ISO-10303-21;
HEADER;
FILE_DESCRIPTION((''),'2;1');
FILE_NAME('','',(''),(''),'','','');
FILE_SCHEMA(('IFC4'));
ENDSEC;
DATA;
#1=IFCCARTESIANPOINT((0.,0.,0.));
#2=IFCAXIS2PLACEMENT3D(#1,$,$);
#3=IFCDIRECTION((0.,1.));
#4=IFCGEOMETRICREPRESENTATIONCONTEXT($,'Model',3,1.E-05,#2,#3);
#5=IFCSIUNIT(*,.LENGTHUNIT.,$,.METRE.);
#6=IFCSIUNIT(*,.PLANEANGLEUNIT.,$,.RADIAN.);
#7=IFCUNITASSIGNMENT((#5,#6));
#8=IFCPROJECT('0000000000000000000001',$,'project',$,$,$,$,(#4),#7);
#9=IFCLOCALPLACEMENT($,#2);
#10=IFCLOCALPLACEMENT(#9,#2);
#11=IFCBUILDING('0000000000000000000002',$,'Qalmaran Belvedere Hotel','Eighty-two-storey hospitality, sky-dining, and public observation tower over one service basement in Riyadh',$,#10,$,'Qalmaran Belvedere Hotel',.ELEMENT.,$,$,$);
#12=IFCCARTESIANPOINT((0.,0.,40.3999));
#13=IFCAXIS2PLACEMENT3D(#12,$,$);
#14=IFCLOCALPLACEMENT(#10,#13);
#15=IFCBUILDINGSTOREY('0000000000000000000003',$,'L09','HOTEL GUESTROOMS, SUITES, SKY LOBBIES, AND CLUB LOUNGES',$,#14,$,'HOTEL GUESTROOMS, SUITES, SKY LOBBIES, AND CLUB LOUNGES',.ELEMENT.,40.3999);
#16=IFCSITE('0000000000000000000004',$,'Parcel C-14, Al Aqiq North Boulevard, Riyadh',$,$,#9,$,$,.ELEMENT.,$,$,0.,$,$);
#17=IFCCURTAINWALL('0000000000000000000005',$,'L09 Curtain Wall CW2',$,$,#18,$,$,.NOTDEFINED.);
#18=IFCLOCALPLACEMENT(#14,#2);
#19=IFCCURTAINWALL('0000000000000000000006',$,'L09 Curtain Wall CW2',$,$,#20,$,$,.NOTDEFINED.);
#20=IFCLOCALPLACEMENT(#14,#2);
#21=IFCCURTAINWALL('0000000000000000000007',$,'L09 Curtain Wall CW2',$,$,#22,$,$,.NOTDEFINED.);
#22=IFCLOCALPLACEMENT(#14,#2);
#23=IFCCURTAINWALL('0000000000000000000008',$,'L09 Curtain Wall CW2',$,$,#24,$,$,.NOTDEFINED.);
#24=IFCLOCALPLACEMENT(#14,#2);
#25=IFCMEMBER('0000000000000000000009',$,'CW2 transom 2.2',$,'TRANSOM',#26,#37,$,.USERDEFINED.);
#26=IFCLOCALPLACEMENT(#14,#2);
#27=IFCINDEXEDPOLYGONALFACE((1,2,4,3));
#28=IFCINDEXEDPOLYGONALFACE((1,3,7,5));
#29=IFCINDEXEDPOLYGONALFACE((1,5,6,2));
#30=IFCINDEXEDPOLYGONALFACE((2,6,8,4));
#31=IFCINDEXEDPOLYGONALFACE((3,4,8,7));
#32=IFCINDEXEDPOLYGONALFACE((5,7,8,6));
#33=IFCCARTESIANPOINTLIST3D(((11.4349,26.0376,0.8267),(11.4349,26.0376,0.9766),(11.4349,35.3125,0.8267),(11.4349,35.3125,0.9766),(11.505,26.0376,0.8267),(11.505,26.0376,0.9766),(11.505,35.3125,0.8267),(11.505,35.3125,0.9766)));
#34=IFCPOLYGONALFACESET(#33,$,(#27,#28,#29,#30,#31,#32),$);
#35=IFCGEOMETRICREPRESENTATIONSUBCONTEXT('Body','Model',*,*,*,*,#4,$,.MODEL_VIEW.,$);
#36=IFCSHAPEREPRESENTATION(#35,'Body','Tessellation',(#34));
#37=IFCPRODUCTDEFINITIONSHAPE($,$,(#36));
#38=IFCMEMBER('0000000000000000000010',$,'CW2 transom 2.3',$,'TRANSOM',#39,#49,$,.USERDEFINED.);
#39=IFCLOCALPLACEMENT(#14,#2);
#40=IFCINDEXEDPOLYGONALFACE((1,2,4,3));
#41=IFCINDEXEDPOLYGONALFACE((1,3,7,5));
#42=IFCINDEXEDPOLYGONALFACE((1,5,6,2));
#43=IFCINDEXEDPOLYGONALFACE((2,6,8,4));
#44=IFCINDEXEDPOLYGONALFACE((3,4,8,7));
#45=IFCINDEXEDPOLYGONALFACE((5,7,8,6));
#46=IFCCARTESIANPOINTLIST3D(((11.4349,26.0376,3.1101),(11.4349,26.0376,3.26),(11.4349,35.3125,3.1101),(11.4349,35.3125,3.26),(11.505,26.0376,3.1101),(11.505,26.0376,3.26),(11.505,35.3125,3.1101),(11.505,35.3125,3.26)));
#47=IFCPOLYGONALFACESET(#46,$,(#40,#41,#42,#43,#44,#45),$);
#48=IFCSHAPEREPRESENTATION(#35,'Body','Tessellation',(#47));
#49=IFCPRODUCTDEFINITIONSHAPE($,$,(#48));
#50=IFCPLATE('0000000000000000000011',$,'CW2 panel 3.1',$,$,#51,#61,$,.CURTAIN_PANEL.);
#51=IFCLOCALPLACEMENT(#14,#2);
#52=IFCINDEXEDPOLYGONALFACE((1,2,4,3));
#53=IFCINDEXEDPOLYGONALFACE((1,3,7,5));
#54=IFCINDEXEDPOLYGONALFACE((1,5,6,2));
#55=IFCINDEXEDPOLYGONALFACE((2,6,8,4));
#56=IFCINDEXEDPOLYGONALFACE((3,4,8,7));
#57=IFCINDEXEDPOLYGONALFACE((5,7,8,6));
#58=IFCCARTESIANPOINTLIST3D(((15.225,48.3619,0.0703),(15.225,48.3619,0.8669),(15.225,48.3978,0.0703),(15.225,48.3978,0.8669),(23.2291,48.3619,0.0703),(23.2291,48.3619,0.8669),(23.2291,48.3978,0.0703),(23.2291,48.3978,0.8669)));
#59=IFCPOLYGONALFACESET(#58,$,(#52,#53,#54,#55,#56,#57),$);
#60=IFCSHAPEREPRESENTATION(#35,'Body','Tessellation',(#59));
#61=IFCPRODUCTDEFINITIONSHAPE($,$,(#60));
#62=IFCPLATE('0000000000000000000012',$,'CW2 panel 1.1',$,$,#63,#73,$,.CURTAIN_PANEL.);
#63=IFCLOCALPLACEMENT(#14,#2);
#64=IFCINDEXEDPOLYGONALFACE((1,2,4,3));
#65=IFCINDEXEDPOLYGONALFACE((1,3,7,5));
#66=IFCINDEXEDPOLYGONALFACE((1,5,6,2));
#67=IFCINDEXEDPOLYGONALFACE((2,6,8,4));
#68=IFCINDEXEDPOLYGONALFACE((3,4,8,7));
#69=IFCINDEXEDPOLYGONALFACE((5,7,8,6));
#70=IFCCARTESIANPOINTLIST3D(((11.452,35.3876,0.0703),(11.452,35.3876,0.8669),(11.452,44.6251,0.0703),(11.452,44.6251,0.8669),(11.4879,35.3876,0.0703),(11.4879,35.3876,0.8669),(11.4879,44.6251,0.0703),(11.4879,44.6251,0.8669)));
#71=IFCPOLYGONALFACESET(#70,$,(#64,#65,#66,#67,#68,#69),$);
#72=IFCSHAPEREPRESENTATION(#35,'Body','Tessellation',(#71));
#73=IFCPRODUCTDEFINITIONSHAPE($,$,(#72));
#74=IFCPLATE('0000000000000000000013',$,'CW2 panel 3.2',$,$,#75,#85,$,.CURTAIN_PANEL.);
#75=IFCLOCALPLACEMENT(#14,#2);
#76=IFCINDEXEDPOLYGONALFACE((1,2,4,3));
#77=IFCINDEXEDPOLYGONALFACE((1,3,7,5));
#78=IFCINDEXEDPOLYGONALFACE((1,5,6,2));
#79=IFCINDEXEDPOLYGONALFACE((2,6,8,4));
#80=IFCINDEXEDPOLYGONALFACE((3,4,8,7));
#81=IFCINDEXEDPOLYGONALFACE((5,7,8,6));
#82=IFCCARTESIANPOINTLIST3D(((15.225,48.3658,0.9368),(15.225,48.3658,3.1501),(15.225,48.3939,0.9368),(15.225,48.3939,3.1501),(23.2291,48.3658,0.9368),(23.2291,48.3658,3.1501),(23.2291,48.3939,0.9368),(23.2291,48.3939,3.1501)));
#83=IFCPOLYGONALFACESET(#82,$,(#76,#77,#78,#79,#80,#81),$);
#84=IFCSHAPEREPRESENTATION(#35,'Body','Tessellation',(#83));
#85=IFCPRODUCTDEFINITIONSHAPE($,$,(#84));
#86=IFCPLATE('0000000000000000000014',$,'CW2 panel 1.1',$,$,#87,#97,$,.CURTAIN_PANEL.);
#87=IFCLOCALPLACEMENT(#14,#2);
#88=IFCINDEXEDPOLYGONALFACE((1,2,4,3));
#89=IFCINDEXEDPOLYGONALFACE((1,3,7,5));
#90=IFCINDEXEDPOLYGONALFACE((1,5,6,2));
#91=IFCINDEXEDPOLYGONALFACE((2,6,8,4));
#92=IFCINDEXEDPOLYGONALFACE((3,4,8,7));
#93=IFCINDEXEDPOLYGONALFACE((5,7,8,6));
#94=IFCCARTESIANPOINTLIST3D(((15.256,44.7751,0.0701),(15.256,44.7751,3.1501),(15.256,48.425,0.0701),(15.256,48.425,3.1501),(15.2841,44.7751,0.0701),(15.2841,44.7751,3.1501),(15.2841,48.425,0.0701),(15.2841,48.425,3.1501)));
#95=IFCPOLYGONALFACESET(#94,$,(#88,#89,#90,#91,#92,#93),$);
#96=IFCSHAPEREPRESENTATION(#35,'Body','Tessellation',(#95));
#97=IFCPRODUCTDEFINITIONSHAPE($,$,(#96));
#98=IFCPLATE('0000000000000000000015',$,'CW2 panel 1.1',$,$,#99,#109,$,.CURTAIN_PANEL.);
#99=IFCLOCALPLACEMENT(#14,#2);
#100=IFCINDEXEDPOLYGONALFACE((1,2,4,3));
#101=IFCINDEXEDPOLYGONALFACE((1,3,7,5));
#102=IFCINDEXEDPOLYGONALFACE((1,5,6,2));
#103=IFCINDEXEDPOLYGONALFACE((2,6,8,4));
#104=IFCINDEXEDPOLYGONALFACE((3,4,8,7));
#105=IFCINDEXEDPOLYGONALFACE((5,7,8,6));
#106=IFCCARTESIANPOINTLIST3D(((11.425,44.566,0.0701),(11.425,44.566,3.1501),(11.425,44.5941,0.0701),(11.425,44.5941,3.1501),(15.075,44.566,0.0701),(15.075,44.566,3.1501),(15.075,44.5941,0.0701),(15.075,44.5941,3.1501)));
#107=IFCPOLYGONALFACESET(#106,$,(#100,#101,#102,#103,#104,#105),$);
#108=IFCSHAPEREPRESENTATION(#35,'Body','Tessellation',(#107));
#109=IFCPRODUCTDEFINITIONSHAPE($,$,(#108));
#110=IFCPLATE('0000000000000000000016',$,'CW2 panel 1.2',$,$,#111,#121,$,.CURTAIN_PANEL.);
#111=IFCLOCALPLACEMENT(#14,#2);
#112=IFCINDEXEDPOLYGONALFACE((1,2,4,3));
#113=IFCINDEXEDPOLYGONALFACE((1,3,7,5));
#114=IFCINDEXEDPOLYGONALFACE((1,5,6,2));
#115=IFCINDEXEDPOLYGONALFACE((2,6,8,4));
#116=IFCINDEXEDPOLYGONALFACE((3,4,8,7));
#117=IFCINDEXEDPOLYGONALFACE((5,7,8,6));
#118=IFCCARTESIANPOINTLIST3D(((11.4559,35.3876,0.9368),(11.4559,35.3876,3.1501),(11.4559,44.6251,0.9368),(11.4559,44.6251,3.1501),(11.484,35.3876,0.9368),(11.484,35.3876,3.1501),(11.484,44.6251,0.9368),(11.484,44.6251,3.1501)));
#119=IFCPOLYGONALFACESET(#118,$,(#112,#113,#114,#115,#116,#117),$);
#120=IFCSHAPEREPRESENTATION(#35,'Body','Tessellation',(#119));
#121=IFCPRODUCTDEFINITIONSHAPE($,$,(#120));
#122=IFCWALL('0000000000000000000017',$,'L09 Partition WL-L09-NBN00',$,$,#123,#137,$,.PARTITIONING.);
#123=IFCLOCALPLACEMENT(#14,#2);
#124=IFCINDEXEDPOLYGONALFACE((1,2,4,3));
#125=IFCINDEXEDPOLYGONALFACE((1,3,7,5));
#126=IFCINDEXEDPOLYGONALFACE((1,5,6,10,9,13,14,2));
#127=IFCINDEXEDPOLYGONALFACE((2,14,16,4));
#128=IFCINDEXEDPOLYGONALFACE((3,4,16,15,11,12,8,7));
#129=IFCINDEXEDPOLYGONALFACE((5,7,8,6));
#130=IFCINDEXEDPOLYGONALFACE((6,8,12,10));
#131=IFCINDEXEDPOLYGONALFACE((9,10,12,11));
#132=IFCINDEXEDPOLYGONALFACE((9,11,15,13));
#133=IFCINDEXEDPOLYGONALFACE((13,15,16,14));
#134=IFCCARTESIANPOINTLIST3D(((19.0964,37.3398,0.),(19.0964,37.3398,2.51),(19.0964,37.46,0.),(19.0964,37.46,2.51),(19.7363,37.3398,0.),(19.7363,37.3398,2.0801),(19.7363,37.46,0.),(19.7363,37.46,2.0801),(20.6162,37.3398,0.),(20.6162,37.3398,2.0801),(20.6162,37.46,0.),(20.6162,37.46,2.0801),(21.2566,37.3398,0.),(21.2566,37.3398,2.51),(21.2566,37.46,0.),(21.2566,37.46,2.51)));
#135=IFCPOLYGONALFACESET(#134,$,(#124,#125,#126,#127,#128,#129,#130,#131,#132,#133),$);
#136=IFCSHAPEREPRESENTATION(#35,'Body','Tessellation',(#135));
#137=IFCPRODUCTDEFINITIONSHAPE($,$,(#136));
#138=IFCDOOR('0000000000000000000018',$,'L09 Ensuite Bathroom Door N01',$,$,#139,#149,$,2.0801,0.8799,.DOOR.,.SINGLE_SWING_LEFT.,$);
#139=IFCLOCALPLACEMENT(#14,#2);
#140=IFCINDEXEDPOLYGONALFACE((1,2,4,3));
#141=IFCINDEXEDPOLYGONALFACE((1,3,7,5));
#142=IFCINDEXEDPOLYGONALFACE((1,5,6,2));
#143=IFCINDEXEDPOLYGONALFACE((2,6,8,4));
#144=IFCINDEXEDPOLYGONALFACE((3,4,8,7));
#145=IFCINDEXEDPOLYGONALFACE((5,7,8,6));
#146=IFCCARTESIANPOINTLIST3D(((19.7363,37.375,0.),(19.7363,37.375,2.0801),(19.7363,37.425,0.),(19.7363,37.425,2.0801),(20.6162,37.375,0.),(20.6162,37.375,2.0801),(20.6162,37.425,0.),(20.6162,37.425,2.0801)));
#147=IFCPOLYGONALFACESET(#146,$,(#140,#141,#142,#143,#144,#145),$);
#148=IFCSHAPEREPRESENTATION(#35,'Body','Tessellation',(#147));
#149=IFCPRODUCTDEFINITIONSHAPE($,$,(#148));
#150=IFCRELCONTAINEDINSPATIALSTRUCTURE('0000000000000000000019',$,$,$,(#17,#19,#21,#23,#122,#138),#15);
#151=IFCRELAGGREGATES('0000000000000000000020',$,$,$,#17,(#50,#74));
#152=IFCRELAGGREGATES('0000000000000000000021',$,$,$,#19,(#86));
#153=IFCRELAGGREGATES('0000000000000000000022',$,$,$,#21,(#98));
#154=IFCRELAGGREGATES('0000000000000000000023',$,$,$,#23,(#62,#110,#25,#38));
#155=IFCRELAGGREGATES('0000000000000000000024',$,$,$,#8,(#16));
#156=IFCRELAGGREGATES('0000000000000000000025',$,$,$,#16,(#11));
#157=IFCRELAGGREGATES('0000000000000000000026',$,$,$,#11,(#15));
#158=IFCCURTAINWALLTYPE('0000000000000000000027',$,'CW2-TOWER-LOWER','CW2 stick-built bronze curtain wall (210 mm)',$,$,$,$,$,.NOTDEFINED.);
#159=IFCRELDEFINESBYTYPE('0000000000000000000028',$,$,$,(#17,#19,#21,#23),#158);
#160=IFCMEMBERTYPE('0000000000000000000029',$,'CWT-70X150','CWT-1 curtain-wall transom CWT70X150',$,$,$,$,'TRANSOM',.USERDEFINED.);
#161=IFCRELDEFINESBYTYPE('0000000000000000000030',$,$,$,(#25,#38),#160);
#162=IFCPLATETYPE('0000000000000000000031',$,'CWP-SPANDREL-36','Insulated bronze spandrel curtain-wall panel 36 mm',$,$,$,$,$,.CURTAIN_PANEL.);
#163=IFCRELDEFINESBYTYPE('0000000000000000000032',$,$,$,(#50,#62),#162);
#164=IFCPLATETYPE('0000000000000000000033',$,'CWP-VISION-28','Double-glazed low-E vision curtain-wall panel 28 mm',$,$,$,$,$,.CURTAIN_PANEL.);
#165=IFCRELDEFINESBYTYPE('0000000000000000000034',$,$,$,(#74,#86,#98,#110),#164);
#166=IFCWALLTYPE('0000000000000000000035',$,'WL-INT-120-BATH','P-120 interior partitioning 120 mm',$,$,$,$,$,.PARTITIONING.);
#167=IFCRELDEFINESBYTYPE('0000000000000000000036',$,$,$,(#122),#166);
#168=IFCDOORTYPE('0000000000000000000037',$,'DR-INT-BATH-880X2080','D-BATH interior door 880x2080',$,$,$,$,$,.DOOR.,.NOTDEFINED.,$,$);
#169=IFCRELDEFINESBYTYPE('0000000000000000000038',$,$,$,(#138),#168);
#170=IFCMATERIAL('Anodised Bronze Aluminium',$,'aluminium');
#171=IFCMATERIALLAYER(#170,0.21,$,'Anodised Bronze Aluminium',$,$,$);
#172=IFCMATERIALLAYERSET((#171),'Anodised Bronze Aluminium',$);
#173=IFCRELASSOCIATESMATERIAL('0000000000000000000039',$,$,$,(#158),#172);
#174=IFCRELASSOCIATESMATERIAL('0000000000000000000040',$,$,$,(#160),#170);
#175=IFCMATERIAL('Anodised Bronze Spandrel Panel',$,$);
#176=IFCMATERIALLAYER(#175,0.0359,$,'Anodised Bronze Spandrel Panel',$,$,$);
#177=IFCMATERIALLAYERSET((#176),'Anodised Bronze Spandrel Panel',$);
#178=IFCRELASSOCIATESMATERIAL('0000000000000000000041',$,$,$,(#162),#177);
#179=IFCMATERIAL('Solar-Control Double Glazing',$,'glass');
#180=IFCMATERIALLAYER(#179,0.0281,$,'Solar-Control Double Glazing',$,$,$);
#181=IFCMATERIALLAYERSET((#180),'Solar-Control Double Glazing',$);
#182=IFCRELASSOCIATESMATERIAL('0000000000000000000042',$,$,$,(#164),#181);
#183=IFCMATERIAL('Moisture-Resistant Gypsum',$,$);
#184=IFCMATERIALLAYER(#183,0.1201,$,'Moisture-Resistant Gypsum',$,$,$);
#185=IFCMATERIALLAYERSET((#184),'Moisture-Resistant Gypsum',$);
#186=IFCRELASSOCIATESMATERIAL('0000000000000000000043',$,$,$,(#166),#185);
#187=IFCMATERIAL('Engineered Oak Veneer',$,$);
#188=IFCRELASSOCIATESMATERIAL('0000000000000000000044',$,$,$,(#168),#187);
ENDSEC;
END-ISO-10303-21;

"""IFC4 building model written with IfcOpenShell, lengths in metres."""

from ifc_helpers import new_model, si_unit, direction, frame, frame_2d, origin, origin_2d, place, context, subcontext, project, spatial, rectangle, extrude, material, layer, layer_set, material_profile, profile_set, type_object, element, fill, aggregate, save


model = new_model("IFC4")

# Units and contexts
model_context = context("Model", 3, precision=1e-05, world=origin(), true_north=direction((0.0, 1.0)))
body_context = subcontext(model_context, "Body", "Model", "MODEL_VIEW")
ifc_project = project(units=[si_unit("LENGTHUNIT", "METRE"), si_unit("PLANEANGLEUNIT", "RADIAN")], contexts=[model_context])

# Site, building, storey
site_placement = place(None, origin())
site = spatial("IfcSite", under=ifc_project, at=site_placement, Name="Parcel C-14, Al Aqiq North Boulevard, Riyadh", CompositionType="ELEMENT", RefElevation=0.0)
building_placement = place(site_placement, origin())
building = spatial("IfcBuilding", under=site, at=building_placement, Name="Qalmaran Belvedere Hotel", Description="Eighty-two-storey hospitality, sky-dining, and public observation tower over one service basement in Riyadh", LongName="Qalmaran Belvedere Hotel", CompositionType="ELEMENT")
storey_placement = place(building_placement, frame((0.0, 0.0, 40.3999)))
storey = spatial("IfcBuildingStorey", under=building, at=storey_placement, Name="L09", Description="HOTEL GUESTROOMS, SUITES, SKY LOBBIES, AND CLUB LOUNGES", LongName="HOTEL GUESTROOMS, SUITES, SKY LOBBIES, AND CLUB LOUNGES", CompositionType="ELEMENT", Elevation=40.3999)

# Curtain wall
ifc_material_1 = material(Name="Anodised Bronze Aluminium", Category="aluminium")
ifc_layer_1 = layer(ifc_material_1, 0.21, Name="Anodised Bronze Aluminium")
ifc_layer_set_1 = layer_set([ifc_layer_1], Name="Anodised Bronze Aluminium")
curtain_wall_type = type_object("IfcCurtainWallType", Name="CW2-TOWER-LOWER", Description="CW2 stick-built bronze curtain wall (210 mm)", PredefinedType="NOTDEFINED", material=ifc_layer_set_1)
curtain_wall_1_placement = place(storey_placement, origin())
curtain_wall_1 = element("IfcCurtainWall", 1, at=curtain_wall_1_placement, inside=storey, type_object=curtain_wall_type, Name="L09 Curtain Wall CW2", PredefinedType="NOTDEFINED")

# Curtain walls
curtain_wall_2_placement = place(storey_placement, origin())
curtain_wall_2 = element("IfcCurtainWall", 2, at=curtain_wall_2_placement, inside=storey, type_object=curtain_wall_type, Name="L09 Curtain Wall CW2", PredefinedType="NOTDEFINED")
curtain_wall_3_placement = place(storey_placement, origin())
curtain_wall_3 = element("IfcCurtainWall", 3, at=curtain_wall_3_placement, inside=storey, type_object=curtain_wall_type, Name="L09 Curtain Wall CW2", PredefinedType="NOTDEFINED")
curtain_wall_4_placement = place(storey_placement, origin())
curtain_wall_4 = element("IfcCurtainWall", 4, at=curtain_wall_4_placement, inside=storey, type_object=curtain_wall_type, Name="L09 Curtain Wall CW2", PredefinedType="NOTDEFINED")

# Members
ifc_material_profile_1 = material_profile(ifc_material_1, rectangle(XDim=0.0701, YDim=0.1499, at=origin_2d()), Name="CWT70X150")
ifc_profile_set_1 = profile_set([ifc_material_profile_1], Name="Anodised Bronze Aluminium")
member_type_1 = type_object("IfcMemberType", Name="CWT-70X150", Description="CWT-1 curtain-wall transom CWT70X150", ElementType="TRANSOM", PredefinedType="USERDEFINED", material=ifc_profile_set_1)
member_1_placement = place(storey_placement, frame((11.47, 35.3125, 0.9016), z_axis=(0.0, -1.0, 0.0), x_axis=(1.0, 0.0, 0.0)))
member_1 = element("IfcMember", 5, at=member_1_placement, type_object=member_type_1, Name="CW2 transom 2.2", ObjectType="TRANSOM", PredefinedType="USERDEFINED", context=body_context, shape_type="SweptSolid", body=[
    extrude(rectangle(XDim=0.0701, YDim=0.1499, at=origin_2d()), origin(), (0.0, 0.0, 1.0), 9.2749),
])
member_2_placement = place(storey_placement, frame((11.47, 35.3125, 3.1851), z_axis=(0.0, -1.0, 0.0), x_axis=(1.0, 0.0, 0.0)))
member_2 = element("IfcMember", 6, at=member_2_placement, type_object=member_type_1, Name="CW2 transom 2.3", ObjectType="TRANSOM", PredefinedType="USERDEFINED", context=body_context, shape_type="SweptSolid", body=[
    extrude(rectangle(XDim=0.0701, YDim=0.1499, at=origin_2d()), origin(), (0.0, 0.0, 1.0), 9.2749),
])

# Plates
ifc_material_2 = material(Name="Anodised Bronze Spandrel Panel")
ifc_layer_2 = layer(ifc_material_2, 0.0359, Name="Anodised Bronze Spandrel Panel")
ifc_layer_set_2 = layer_set([ifc_layer_2], Name="Anodised Bronze Spandrel Panel")
plate_type_1 = type_object("IfcPlateType", Name="CWP-SPANDREL-36", Description="Insulated bronze spandrel curtain-wall panel 36 mm", PredefinedType="CURTAIN_PANEL", material=ifc_layer_set_2)
plate_1_placement = place(storey_placement, frame((19.2271, 48.3799, 0.0703), z_axis=(0.0, 0.0, 1.0), x_axis=(-1.0, 0.0, 0.0)))
plate_1 = element("IfcPlate", 7, at=plate_1_placement, type_object=plate_type_1, Name="CW2 panel 3.1", PredefinedType="CURTAIN_PANEL", context=body_context, shape_type="SweptSolid", body=[
    extrude(rectangle(XDim=8.0042, YDim=0.0359, at=origin_2d()), origin(), (0.0, 0.0, 1.0), 0.7966),
])
plate_2_placement = place(storey_placement, frame((11.47, 40.0063, 0.0703), z_axis=(0.0, 0.0, 1.0), x_axis=(0.0, -1.0, 0.0)))
plate_2 = element("IfcPlate", 8, at=plate_2_placement, type_object=plate_type_1, Name="CW2 panel 1.1", PredefinedType="CURTAIN_PANEL", context=body_context, shape_type="SweptSolid", body=[
    extrude(rectangle(XDim=9.2375, YDim=0.0359, at=origin_2d()), origin(), (0.0, 0.0, 1.0), 0.7966),
])
ifc_material_3 = material(Name="Solar-Control Double Glazing", Category="glass")
ifc_layer_3 = layer(ifc_material_3, 0.0281, Name="Solar-Control Double Glazing")
ifc_layer_set_3 = layer_set([ifc_layer_3], Name="Solar-Control Double Glazing")
plate_type_2 = type_object("IfcPlateType", Name="CWP-VISION-28", Description="Double-glazed low-E vision curtain-wall panel 28 mm", PredefinedType="CURTAIN_PANEL", material=ifc_layer_set_3)
plate_3_placement = place(storey_placement, frame((19.2271, 48.3799, 0.9368), z_axis=(0.0, 0.0, 1.0), x_axis=(-1.0, 0.0, 0.0)))
plate_3 = element("IfcPlate", 9, at=plate_3_placement, type_object=plate_type_2, Name="CW2 panel 3.2", PredefinedType="CURTAIN_PANEL", context=body_context, shape_type="SweptSolid", body=[
    extrude(rectangle(XDim=8.0042, YDim=0.0281, at=origin_2d()), origin(), (0.0, 0.0, 1.0), 2.2134),
])
aggregate(curtain_wall_1, [plate_1, plate_3])
plate_4_placement = place(storey_placement, frame((15.27, 46.6001, 0.0701), z_axis=(0.0, 0.0, 1.0), x_axis=(0.0, -1.0, 0.0)))
plate_4 = element("IfcPlate", 10, at=plate_4_placement, type_object=plate_type_2, Name="CW2 panel 1.1", PredefinedType="CURTAIN_PANEL", context=body_context, shape_type="SweptSolid", body=[
    extrude(rectangle(XDim=3.6499, YDim=0.0281, at=origin_2d()), origin(), (0.0, 0.0, 1.0), 3.0801),
])
aggregate(curtain_wall_2, [plate_4])
plate_5_placement = place(storey_placement, frame((13.25, 44.5801, 0.0701), z_axis=(0.0, 0.0, 1.0), x_axis=(-1.0, 0.0, 0.0)))
plate_5 = element("IfcPlate", 11, at=plate_5_placement, type_object=plate_type_2, Name="CW2 panel 1.1", PredefinedType="CURTAIN_PANEL", context=body_context, shape_type="SweptSolid", body=[
    extrude(rectangle(XDim=3.6499, YDim=0.0281, at=origin_2d()), origin(), (0.0, 0.0, 1.0), 3.0801),
])
aggregate(curtain_wall_3, [plate_5])
plate_6_placement = place(storey_placement, frame((11.47, 40.0063, 0.9368), z_axis=(0.0, 0.0, 1.0), x_axis=(0.0, -1.0, 0.0)))
plate_6 = element("IfcPlate", 12, at=plate_6_placement, type_object=plate_type_2, Name="CW2 panel 1.2", PredefinedType="CURTAIN_PANEL", context=body_context, shape_type="SweptSolid", body=[
    extrude(rectangle(XDim=9.2375, YDim=0.0281, at=origin_2d()), origin(), (0.0, 0.0, 1.0), 2.2134),
])
aggregate(curtain_wall_4, [plate_2, plate_6, member_1, member_2])

# Wall, opening, door
ifc_material_4 = material(Name="Moisture-Resistant Gypsum")
ifc_layer_4 = layer(ifc_material_4, 0.1201, Name="Moisture-Resistant Gypsum")
ifc_layer_set_4 = layer_set([ifc_layer_4], Name="Moisture-Resistant Gypsum")
wall_type = type_object("IfcWallType", Name="WL-INT-120-BATH", Description="P-120 interior partitioning 120 mm", PredefinedType="PARTITIONING", material=ifc_layer_set_4)
wall_placement = place(storey_placement, frame((19.0964, 37.3999, 0.0), z_axis=(0.0, 0.0, 1.0), x_axis=(1.0, 0.0, 0.0)))
wall = element("IfcWall", 13, at=wall_placement, inside=storey, type_object=wall_type, Name="L09 Partition WL-L09-NBN00", PredefinedType="PARTITIONING", context=body_context, shape_type="SweptSolid", body=[
    extrude(rectangle(XDim=2.1602, YDim=0.1201, at=frame_2d((1.0801, 0.0))), origin(), (0.0, 0.0, 1.0), 2.51),
])
opening_placement = place(wall_placement, frame((1.5198, 0.0, 0.0), z_axis=(0.0, 0.0, 1.0), x_axis=(-1.0, 0.0, 0.0)))
opening = element("IfcOpeningElement", 14, at=opening_placement, cuts=wall, PredefinedType="OPENING", context=body_context, shape_type="SweptSolid", body=[
    extrude(rectangle(XDim=0.8799, YDim=2.0801, at=frame_2d((0.4399, 1.04))), frame((0.0, 0.0701, 0.0), z_axis=(0.0, -1.0, 0.0), x_axis=(1.0, 0.0, 0.0)), (0.0, 0.0, 1.0), 0.1401),
])
ifc_material_5 = material(Name="Engineered Oak Veneer")
door_type = type_object("IfcDoorType", Name="DR-INT-BATH-880X2080", Description="D-BATH interior door 880x2080", OperationType="NOTDEFINED", PredefinedType="DOOR", material=ifc_material_5)
door_placement = place(opening_placement, origin())
door = element("IfcDoor", 15, at=door_placement, inside=storey, type_object=door_type, Name="L09 Ensuite Bathroom Door N01", OperationType="SINGLE_SWING_LEFT", OverallHeight=2.0801, OverallWidth=0.8799, PredefinedType="DOOR", context=body_context, shape_type="SweptSolid", body=[
    extrude(rectangle(XDim=0.8799, YDim=2.0801, at=frame_2d((0.4399, 1.04))), frame((0.0, 0.0249, 0.0), z_axis=(0.0, -1.0, 0.0), x_axis=(1.0, 0.0, 0.0)), (0.0, 0.0, 1.0), 0.05),
])
fill(opening, door)

save(model, "model.ifc")
